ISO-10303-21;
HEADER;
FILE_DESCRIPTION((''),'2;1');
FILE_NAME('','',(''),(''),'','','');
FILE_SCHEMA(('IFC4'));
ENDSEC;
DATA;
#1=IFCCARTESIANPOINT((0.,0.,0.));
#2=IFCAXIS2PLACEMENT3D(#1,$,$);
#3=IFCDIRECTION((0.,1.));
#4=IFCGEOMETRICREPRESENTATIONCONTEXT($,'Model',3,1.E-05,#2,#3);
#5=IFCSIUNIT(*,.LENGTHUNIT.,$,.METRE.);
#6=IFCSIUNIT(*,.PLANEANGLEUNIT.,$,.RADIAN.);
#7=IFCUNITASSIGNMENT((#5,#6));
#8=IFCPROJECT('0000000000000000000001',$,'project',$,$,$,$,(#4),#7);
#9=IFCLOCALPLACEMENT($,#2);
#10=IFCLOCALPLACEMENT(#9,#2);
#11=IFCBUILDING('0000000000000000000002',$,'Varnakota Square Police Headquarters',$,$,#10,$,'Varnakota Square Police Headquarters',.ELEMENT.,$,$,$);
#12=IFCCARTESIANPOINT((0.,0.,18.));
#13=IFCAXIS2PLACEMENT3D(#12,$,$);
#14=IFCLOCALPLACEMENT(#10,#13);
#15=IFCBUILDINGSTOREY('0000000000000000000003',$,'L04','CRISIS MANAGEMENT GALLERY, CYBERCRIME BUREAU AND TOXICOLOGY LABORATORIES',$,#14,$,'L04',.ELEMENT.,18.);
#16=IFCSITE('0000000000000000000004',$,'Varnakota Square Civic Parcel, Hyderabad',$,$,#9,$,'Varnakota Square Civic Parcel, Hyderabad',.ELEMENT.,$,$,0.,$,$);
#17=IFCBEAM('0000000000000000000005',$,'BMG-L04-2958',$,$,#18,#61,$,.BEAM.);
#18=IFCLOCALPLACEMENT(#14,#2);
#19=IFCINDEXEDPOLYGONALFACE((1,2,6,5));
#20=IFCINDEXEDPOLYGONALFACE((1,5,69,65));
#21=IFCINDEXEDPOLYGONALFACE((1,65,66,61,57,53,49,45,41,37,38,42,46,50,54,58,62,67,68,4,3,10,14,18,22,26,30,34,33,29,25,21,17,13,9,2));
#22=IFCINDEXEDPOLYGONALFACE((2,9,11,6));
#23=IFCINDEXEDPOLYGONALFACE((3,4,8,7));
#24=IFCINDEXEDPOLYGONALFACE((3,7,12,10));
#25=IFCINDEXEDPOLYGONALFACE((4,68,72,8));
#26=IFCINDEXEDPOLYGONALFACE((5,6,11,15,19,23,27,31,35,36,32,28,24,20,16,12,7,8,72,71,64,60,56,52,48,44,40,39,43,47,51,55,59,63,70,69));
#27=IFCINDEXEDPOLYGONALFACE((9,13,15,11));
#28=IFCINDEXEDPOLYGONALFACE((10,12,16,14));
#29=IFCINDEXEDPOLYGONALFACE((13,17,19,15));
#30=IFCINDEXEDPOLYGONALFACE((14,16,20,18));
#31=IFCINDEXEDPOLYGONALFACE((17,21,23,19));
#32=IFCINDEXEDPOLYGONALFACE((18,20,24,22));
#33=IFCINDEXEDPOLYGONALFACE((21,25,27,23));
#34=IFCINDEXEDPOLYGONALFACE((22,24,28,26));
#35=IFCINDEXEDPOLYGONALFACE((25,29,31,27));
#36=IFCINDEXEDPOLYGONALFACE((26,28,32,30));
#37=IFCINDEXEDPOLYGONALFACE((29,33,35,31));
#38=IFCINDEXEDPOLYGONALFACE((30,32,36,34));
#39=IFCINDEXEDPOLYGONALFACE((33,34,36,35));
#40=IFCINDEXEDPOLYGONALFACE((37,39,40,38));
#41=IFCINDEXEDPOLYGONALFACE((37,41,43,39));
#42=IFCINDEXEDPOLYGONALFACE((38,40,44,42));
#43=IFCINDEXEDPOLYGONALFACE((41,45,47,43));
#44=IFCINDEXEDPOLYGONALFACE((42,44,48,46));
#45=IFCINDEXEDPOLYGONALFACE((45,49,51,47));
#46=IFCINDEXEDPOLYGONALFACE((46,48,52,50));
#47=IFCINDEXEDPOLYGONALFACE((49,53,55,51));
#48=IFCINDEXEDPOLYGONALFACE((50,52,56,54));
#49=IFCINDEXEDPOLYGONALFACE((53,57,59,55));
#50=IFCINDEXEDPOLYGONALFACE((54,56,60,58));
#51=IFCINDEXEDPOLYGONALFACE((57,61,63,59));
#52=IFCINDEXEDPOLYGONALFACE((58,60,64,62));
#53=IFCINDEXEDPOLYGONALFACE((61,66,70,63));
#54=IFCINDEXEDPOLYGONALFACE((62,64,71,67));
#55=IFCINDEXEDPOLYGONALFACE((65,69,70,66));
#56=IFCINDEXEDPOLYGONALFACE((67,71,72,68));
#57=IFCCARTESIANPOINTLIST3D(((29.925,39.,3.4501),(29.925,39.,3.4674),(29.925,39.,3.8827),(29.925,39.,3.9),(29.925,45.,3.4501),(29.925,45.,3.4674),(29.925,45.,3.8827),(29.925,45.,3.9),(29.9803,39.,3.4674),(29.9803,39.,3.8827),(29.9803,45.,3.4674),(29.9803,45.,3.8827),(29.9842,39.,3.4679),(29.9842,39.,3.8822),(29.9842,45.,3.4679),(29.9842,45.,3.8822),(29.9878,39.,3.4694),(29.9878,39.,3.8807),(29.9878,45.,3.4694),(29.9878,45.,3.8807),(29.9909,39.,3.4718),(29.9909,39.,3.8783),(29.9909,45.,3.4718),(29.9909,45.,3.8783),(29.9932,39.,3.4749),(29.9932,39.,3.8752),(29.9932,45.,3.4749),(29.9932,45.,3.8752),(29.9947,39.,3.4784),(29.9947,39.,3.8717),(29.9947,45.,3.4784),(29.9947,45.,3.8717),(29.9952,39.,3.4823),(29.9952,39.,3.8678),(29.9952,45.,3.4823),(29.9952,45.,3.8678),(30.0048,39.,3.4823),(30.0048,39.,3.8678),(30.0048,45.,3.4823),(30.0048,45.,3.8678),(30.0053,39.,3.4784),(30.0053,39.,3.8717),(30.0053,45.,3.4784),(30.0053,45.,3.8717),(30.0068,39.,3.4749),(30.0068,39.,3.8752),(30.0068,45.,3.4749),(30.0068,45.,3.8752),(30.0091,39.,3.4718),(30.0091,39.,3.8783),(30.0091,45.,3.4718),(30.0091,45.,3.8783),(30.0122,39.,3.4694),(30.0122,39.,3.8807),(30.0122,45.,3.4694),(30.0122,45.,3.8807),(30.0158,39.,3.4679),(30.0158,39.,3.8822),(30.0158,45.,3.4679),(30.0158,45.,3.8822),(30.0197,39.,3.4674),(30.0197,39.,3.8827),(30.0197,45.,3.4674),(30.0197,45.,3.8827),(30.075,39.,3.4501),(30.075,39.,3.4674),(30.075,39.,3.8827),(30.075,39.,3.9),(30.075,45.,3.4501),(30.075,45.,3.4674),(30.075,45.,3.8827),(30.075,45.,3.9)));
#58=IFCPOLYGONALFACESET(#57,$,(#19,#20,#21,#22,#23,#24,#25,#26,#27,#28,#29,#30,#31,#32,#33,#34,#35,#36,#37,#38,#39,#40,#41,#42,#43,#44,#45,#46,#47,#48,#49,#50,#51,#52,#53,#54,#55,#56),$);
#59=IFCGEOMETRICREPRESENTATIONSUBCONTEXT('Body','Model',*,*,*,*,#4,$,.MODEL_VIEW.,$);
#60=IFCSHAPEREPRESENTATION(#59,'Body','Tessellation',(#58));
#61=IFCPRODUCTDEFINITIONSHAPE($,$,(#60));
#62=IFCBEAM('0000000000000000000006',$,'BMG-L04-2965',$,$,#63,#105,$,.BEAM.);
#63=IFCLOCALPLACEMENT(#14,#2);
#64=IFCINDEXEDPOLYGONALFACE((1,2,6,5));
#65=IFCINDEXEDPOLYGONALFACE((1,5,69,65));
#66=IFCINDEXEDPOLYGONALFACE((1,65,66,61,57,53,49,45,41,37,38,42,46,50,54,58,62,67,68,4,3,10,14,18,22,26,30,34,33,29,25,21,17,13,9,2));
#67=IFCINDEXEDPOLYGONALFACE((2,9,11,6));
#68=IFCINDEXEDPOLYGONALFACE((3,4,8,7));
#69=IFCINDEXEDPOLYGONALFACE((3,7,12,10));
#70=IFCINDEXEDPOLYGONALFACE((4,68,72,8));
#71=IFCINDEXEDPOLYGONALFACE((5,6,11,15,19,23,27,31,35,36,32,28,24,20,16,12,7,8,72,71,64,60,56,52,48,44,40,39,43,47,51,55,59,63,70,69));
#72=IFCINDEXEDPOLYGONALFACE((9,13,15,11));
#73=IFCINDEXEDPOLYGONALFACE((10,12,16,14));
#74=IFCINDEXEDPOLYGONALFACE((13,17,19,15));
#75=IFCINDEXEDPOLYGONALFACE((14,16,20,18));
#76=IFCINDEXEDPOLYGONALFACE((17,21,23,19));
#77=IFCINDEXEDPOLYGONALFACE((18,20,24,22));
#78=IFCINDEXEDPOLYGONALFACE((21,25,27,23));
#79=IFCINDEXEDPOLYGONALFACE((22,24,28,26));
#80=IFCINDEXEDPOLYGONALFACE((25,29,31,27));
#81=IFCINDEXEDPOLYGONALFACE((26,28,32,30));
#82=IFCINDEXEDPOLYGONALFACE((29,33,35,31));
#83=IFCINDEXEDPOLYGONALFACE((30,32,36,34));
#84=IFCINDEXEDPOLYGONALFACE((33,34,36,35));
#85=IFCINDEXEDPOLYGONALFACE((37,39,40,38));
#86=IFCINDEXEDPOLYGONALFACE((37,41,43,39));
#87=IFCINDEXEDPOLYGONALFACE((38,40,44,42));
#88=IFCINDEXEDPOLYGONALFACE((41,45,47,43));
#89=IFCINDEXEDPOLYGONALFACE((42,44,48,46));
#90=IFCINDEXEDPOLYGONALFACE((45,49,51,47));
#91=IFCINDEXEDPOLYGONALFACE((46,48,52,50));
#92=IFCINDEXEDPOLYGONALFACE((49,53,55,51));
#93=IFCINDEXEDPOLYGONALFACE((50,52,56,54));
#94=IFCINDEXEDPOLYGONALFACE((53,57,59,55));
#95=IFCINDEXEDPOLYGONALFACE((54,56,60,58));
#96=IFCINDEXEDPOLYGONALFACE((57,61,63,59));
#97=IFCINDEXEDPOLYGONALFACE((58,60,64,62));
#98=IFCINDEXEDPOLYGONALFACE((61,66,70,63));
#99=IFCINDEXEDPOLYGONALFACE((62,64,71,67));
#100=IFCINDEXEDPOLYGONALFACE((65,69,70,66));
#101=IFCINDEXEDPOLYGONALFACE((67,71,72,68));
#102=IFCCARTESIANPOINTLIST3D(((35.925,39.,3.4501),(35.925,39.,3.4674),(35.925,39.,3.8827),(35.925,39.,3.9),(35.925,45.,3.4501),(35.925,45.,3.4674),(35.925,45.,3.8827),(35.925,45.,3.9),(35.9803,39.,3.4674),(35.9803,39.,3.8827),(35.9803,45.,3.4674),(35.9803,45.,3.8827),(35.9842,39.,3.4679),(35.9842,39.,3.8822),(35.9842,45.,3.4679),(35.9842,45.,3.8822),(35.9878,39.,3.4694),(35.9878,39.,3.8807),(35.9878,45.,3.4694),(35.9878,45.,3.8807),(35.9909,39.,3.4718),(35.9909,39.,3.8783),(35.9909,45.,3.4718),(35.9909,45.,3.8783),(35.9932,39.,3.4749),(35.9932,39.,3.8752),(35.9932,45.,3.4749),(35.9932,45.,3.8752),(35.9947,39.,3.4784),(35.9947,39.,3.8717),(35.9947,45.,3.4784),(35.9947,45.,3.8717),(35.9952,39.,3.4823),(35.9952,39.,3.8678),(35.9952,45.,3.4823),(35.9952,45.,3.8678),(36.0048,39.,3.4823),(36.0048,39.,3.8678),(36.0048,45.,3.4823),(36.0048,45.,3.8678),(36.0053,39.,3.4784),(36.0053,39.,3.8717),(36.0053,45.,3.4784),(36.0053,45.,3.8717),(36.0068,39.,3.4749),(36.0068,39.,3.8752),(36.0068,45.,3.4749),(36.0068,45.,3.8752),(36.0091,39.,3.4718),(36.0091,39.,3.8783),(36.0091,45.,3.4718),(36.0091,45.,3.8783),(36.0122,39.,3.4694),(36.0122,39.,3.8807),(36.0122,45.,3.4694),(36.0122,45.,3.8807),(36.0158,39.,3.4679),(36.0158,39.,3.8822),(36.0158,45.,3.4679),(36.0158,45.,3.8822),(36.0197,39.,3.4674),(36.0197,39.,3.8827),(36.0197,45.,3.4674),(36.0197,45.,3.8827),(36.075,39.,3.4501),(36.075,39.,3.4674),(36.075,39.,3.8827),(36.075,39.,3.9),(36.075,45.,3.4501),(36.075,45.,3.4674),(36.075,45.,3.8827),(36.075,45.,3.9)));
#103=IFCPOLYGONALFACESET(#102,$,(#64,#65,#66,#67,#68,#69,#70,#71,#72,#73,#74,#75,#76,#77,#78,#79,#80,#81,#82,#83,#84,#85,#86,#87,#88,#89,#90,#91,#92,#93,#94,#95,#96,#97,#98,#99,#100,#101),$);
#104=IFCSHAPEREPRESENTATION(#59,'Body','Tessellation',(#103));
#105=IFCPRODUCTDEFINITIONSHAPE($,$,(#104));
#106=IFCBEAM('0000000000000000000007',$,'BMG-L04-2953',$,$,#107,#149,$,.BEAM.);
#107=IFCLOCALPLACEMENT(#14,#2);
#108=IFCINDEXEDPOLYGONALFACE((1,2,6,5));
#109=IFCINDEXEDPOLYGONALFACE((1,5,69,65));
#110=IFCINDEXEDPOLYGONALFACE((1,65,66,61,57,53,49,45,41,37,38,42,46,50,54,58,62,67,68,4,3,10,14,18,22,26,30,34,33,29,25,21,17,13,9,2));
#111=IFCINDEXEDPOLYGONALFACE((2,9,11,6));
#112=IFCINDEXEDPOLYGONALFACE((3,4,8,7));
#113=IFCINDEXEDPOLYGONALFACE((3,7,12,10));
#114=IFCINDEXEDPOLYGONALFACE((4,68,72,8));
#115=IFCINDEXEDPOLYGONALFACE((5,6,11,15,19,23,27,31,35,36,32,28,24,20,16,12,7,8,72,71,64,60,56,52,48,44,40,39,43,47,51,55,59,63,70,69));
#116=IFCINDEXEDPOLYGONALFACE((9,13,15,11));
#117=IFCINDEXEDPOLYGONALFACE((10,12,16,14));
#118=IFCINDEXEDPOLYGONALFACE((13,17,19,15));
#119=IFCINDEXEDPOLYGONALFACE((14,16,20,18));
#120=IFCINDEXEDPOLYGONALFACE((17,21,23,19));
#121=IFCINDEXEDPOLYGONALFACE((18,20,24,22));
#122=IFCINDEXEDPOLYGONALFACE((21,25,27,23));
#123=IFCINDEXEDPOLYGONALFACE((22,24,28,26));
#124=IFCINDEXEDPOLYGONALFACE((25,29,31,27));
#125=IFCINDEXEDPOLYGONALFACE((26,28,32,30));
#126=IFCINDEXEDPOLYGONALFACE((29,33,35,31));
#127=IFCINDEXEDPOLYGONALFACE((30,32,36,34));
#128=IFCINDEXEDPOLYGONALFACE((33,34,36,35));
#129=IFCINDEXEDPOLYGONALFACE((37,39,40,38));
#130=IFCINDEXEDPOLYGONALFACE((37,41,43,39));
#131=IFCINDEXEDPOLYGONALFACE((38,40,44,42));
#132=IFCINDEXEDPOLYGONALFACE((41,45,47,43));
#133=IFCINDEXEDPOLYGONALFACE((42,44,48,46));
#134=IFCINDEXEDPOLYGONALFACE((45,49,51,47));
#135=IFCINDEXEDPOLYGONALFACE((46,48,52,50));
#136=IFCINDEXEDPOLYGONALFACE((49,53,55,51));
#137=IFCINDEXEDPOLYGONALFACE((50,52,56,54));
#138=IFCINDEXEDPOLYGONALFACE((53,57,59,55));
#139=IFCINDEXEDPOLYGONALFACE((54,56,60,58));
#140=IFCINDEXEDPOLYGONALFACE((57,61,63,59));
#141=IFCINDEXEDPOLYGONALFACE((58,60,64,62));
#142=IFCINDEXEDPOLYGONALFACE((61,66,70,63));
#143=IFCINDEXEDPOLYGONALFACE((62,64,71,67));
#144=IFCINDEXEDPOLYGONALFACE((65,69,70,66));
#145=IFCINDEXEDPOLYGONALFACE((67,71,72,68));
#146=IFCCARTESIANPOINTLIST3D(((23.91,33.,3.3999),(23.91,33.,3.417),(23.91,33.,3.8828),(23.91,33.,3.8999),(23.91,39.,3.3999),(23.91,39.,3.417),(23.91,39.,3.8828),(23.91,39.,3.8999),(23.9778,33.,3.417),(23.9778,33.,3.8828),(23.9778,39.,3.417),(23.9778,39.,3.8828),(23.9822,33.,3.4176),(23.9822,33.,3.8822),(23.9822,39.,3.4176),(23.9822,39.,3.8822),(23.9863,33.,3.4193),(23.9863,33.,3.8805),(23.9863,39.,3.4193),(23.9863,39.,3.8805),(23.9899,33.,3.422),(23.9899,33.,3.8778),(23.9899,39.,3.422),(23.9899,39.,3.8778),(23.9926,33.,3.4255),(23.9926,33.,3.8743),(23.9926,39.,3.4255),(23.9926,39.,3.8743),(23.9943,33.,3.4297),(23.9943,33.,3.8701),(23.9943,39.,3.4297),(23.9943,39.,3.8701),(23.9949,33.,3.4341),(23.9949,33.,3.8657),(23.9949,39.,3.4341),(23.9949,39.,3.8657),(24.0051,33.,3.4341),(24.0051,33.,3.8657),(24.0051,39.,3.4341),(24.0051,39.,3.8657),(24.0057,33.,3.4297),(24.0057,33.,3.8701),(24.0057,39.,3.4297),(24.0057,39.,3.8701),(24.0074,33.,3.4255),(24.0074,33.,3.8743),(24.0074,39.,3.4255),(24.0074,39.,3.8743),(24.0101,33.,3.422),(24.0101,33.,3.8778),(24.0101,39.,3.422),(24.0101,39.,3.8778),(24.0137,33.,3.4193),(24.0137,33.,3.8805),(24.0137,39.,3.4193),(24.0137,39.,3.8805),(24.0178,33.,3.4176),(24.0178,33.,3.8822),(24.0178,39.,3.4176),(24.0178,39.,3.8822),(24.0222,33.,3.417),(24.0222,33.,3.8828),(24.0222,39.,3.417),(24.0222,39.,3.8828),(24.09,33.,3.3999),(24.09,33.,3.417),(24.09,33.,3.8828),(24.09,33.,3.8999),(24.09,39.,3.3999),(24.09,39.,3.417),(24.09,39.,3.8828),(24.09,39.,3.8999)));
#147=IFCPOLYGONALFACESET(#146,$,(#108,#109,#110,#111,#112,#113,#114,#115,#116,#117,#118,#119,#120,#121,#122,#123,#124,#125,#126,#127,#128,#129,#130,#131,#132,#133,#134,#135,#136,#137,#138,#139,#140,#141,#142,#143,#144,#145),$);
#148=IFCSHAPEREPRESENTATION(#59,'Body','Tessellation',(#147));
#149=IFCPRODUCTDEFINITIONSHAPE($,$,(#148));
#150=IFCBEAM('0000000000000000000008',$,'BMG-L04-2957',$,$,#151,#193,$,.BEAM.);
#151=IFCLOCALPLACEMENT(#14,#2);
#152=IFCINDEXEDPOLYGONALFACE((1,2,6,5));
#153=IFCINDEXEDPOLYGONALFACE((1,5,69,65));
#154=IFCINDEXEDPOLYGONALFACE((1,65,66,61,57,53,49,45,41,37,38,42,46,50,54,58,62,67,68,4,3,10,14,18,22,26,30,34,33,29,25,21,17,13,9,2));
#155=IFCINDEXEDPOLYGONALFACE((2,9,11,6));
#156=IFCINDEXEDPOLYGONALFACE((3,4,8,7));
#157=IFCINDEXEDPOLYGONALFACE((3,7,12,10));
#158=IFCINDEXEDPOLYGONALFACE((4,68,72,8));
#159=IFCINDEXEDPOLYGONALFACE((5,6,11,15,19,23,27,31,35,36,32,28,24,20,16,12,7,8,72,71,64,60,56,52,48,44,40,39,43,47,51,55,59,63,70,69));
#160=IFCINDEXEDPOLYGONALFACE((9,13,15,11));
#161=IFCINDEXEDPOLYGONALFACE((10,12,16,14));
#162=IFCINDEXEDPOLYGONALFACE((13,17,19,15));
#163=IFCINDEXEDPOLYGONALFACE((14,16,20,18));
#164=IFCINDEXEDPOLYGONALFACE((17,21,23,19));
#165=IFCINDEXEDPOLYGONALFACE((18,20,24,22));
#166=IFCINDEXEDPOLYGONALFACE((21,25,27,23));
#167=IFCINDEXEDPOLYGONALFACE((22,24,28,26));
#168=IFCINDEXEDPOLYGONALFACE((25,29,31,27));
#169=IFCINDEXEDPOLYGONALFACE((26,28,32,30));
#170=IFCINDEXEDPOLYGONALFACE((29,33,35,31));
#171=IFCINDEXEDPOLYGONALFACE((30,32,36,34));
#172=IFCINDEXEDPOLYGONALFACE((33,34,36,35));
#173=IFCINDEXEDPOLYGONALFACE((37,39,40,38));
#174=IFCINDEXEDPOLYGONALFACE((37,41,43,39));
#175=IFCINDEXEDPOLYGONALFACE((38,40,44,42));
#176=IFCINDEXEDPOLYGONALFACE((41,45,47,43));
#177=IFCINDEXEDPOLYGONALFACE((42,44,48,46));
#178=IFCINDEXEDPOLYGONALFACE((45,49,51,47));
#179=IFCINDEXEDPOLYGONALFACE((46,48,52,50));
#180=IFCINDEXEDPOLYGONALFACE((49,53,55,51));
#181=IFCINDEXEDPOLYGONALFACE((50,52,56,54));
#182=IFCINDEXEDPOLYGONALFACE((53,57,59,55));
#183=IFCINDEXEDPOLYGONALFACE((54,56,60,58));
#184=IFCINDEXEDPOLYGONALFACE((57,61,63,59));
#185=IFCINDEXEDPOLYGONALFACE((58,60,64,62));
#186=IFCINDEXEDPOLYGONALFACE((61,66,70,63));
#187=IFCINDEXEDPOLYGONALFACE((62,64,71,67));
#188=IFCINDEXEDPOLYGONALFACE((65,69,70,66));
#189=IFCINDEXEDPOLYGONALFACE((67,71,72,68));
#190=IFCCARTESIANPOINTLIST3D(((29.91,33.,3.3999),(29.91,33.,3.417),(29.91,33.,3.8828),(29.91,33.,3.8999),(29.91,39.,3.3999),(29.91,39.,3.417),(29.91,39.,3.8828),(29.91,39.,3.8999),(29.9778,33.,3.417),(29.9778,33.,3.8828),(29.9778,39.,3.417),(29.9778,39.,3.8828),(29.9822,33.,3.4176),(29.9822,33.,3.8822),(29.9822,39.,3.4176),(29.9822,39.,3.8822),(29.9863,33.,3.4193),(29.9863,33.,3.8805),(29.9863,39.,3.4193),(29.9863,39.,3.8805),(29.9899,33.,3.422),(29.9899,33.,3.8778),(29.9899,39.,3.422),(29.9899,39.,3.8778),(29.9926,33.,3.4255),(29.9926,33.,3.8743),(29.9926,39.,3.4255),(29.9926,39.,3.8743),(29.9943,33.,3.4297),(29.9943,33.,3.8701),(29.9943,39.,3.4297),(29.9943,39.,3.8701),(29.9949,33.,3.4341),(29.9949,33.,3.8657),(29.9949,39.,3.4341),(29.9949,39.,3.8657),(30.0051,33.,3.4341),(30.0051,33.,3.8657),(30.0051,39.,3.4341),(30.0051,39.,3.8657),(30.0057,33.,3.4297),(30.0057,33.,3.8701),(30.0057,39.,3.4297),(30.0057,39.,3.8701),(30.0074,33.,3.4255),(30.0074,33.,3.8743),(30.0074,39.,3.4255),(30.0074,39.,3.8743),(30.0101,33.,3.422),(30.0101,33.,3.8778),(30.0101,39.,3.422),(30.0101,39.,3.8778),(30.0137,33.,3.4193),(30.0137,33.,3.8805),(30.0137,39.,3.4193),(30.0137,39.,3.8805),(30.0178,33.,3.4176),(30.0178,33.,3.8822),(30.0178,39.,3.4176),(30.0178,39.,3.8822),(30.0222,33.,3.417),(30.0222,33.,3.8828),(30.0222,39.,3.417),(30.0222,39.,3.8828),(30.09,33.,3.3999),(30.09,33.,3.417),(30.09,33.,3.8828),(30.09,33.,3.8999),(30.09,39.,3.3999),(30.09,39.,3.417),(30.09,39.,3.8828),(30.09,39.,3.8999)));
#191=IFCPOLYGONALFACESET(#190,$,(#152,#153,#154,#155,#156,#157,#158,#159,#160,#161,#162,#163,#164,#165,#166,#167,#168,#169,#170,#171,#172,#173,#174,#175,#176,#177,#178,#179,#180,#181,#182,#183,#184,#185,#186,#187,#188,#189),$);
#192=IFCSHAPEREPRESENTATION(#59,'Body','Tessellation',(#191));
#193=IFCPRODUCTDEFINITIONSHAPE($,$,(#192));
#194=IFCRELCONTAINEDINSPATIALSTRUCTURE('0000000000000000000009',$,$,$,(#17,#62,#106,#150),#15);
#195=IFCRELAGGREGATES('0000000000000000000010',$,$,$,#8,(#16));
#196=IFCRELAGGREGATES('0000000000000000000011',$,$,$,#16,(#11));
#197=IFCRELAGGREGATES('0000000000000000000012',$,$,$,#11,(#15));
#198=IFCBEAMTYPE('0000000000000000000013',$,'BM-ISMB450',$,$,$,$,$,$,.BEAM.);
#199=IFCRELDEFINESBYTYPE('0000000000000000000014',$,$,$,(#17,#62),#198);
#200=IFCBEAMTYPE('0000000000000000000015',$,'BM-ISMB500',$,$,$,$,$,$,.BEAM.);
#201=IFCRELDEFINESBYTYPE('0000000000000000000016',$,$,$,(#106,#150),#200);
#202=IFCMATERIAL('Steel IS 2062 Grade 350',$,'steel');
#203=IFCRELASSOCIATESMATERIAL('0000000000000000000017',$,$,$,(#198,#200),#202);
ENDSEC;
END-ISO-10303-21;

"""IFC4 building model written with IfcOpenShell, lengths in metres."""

from ifc_helpers import new_model, si_unit, direction, frame, origin, origin_2d, place, context, subcontext, project, spatial, i_section, extrude, material, material_profile, profile_set, type_object, element, save


model = new_model("IFC4")

# Units and contexts
model_context = context("Model", 3, precision=1e-05, world=origin(), true_north=direction((0.0, 1.0)))
body_context = subcontext(model_context, "Body", "Model", "MODEL_VIEW")
ifc_project = project(units=[si_unit("LENGTHUNIT", "METRE"), si_unit("PLANEANGLEUNIT", "RADIAN")], contexts=[model_context])

# Site, building, storey
site_placement = place(None, origin())
site = spatial("IfcSite", under=ifc_project, at=site_placement, Name="Varnakota Square Civic Parcel, Hyderabad", LongName="Varnakota Square Civic Parcel, Hyderabad", CompositionType="ELEMENT", RefElevation=0.0)
building_placement = place(site_placement, origin())
building = spatial("IfcBuilding", under=site, at=building_placement, Name="Varnakota Square Police Headquarters", LongName="Varnakota Square Police Headquarters", CompositionType="ELEMENT")
storey_placement = place(building_placement, frame((0.0, 0.0, 18.0)))
storey = spatial("IfcBuildingStorey", under=building, at=storey_placement, Name="L04", Description="CRISIS MANAGEMENT GALLERY, CYBERCRIME BUREAU AND TOXICOLOGY LABORATORIES", LongName="L04", CompositionType="ELEMENT", Elevation=18.0)

# Shared definitions
ifc_material_1 = material(Name="Steel IS 2062 Grade 350", Category="steel")

# Beams
ifc_material_profile_1 = material_profile(ifc_material_1, i_section(OverallWidth=0.1499, OverallDepth=0.45, WebThickness=0.0095, FlangeThickness=0.0173, FilletRadius=0.0149, at=origin_2d()), Name="ISMB 450")
ifc_profile_set_1 = profile_set([ifc_material_profile_1], Name="Steel IS 2062 Grade 350")
beam_type_1 = type_object("IfcBeamType", Name="BM-ISMB450", PredefinedType="BEAM", material=ifc_profile_set_1)
for number, where, z_axis, x_axis, name in (
    (1, (30.0, 39.0, 3.675), (0.0, 1.0, 0.0), (-1.0, 0.0, 0.0), "BMG-L04-2958"),
    (2, (36.0, 39.0, 3.675), (0.0, 1.0, 0.0), (-1.0, 0.0, 0.0), "BMG-L04-2965"),
):
    element("IfcBeam", number, at=place(storey_placement, frame(where, z_axis=z_axis, x_axis=x_axis)), inside=storey, type_object=beam_type_1, Name=name, PredefinedType="BEAM", context=body_context, shape_type="SweptSolid", body=[
        extrude(i_section(OverallWidth=0.1499, OverallDepth=0.45, WebThickness=0.0095, FlangeThickness=0.0173, FilletRadius=0.0149, at=origin_2d()), origin(), (0.0, 0.0, 1.0), 6.0),
    ])
ifc_material_profile_2 = material_profile(ifc_material_1, i_section(OverallWidth=0.1799, OverallDepth=0.5, WebThickness=0.0103, FlangeThickness=0.0171, FilletRadius=0.0171, at=origin_2d()), Name="ISMB 500")
ifc_profile_set_2 = profile_set([ifc_material_profile_2], Name="Steel IS 2062 Grade 350")
beam_type_2 = type_object("IfcBeamType", Name="BM-ISMB500", PredefinedType="BEAM", material=ifc_profile_set_2)
for number, where, z_axis, x_axis, name in (
    (3, (24.0, 33.0, 3.6499), (0.0, 1.0, 0.0), (-1.0, 0.0, 0.0), "BMG-L04-2953"),
    (4, (30.0, 33.0, 3.6499), (0.0, 1.0, 0.0), (-1.0, 0.0, 0.0), "BMG-L04-2957"),
):
    element("IfcBeam", number, at=place(storey_placement, frame(where, z_axis=z_axis, x_axis=x_axis)), inside=storey, type_object=beam_type_2, Name=name, PredefinedType="BEAM", context=body_context, shape_type="SweptSolid", body=[
        extrude(i_section(OverallWidth=0.1799, OverallDepth=0.5, WebThickness=0.0103, FlangeThickness=0.0171, FilletRadius=0.0171, at=origin_2d()), origin(), (0.0, 0.0, 1.0), 6.0),
    ])

save(model, "model.ifc")
